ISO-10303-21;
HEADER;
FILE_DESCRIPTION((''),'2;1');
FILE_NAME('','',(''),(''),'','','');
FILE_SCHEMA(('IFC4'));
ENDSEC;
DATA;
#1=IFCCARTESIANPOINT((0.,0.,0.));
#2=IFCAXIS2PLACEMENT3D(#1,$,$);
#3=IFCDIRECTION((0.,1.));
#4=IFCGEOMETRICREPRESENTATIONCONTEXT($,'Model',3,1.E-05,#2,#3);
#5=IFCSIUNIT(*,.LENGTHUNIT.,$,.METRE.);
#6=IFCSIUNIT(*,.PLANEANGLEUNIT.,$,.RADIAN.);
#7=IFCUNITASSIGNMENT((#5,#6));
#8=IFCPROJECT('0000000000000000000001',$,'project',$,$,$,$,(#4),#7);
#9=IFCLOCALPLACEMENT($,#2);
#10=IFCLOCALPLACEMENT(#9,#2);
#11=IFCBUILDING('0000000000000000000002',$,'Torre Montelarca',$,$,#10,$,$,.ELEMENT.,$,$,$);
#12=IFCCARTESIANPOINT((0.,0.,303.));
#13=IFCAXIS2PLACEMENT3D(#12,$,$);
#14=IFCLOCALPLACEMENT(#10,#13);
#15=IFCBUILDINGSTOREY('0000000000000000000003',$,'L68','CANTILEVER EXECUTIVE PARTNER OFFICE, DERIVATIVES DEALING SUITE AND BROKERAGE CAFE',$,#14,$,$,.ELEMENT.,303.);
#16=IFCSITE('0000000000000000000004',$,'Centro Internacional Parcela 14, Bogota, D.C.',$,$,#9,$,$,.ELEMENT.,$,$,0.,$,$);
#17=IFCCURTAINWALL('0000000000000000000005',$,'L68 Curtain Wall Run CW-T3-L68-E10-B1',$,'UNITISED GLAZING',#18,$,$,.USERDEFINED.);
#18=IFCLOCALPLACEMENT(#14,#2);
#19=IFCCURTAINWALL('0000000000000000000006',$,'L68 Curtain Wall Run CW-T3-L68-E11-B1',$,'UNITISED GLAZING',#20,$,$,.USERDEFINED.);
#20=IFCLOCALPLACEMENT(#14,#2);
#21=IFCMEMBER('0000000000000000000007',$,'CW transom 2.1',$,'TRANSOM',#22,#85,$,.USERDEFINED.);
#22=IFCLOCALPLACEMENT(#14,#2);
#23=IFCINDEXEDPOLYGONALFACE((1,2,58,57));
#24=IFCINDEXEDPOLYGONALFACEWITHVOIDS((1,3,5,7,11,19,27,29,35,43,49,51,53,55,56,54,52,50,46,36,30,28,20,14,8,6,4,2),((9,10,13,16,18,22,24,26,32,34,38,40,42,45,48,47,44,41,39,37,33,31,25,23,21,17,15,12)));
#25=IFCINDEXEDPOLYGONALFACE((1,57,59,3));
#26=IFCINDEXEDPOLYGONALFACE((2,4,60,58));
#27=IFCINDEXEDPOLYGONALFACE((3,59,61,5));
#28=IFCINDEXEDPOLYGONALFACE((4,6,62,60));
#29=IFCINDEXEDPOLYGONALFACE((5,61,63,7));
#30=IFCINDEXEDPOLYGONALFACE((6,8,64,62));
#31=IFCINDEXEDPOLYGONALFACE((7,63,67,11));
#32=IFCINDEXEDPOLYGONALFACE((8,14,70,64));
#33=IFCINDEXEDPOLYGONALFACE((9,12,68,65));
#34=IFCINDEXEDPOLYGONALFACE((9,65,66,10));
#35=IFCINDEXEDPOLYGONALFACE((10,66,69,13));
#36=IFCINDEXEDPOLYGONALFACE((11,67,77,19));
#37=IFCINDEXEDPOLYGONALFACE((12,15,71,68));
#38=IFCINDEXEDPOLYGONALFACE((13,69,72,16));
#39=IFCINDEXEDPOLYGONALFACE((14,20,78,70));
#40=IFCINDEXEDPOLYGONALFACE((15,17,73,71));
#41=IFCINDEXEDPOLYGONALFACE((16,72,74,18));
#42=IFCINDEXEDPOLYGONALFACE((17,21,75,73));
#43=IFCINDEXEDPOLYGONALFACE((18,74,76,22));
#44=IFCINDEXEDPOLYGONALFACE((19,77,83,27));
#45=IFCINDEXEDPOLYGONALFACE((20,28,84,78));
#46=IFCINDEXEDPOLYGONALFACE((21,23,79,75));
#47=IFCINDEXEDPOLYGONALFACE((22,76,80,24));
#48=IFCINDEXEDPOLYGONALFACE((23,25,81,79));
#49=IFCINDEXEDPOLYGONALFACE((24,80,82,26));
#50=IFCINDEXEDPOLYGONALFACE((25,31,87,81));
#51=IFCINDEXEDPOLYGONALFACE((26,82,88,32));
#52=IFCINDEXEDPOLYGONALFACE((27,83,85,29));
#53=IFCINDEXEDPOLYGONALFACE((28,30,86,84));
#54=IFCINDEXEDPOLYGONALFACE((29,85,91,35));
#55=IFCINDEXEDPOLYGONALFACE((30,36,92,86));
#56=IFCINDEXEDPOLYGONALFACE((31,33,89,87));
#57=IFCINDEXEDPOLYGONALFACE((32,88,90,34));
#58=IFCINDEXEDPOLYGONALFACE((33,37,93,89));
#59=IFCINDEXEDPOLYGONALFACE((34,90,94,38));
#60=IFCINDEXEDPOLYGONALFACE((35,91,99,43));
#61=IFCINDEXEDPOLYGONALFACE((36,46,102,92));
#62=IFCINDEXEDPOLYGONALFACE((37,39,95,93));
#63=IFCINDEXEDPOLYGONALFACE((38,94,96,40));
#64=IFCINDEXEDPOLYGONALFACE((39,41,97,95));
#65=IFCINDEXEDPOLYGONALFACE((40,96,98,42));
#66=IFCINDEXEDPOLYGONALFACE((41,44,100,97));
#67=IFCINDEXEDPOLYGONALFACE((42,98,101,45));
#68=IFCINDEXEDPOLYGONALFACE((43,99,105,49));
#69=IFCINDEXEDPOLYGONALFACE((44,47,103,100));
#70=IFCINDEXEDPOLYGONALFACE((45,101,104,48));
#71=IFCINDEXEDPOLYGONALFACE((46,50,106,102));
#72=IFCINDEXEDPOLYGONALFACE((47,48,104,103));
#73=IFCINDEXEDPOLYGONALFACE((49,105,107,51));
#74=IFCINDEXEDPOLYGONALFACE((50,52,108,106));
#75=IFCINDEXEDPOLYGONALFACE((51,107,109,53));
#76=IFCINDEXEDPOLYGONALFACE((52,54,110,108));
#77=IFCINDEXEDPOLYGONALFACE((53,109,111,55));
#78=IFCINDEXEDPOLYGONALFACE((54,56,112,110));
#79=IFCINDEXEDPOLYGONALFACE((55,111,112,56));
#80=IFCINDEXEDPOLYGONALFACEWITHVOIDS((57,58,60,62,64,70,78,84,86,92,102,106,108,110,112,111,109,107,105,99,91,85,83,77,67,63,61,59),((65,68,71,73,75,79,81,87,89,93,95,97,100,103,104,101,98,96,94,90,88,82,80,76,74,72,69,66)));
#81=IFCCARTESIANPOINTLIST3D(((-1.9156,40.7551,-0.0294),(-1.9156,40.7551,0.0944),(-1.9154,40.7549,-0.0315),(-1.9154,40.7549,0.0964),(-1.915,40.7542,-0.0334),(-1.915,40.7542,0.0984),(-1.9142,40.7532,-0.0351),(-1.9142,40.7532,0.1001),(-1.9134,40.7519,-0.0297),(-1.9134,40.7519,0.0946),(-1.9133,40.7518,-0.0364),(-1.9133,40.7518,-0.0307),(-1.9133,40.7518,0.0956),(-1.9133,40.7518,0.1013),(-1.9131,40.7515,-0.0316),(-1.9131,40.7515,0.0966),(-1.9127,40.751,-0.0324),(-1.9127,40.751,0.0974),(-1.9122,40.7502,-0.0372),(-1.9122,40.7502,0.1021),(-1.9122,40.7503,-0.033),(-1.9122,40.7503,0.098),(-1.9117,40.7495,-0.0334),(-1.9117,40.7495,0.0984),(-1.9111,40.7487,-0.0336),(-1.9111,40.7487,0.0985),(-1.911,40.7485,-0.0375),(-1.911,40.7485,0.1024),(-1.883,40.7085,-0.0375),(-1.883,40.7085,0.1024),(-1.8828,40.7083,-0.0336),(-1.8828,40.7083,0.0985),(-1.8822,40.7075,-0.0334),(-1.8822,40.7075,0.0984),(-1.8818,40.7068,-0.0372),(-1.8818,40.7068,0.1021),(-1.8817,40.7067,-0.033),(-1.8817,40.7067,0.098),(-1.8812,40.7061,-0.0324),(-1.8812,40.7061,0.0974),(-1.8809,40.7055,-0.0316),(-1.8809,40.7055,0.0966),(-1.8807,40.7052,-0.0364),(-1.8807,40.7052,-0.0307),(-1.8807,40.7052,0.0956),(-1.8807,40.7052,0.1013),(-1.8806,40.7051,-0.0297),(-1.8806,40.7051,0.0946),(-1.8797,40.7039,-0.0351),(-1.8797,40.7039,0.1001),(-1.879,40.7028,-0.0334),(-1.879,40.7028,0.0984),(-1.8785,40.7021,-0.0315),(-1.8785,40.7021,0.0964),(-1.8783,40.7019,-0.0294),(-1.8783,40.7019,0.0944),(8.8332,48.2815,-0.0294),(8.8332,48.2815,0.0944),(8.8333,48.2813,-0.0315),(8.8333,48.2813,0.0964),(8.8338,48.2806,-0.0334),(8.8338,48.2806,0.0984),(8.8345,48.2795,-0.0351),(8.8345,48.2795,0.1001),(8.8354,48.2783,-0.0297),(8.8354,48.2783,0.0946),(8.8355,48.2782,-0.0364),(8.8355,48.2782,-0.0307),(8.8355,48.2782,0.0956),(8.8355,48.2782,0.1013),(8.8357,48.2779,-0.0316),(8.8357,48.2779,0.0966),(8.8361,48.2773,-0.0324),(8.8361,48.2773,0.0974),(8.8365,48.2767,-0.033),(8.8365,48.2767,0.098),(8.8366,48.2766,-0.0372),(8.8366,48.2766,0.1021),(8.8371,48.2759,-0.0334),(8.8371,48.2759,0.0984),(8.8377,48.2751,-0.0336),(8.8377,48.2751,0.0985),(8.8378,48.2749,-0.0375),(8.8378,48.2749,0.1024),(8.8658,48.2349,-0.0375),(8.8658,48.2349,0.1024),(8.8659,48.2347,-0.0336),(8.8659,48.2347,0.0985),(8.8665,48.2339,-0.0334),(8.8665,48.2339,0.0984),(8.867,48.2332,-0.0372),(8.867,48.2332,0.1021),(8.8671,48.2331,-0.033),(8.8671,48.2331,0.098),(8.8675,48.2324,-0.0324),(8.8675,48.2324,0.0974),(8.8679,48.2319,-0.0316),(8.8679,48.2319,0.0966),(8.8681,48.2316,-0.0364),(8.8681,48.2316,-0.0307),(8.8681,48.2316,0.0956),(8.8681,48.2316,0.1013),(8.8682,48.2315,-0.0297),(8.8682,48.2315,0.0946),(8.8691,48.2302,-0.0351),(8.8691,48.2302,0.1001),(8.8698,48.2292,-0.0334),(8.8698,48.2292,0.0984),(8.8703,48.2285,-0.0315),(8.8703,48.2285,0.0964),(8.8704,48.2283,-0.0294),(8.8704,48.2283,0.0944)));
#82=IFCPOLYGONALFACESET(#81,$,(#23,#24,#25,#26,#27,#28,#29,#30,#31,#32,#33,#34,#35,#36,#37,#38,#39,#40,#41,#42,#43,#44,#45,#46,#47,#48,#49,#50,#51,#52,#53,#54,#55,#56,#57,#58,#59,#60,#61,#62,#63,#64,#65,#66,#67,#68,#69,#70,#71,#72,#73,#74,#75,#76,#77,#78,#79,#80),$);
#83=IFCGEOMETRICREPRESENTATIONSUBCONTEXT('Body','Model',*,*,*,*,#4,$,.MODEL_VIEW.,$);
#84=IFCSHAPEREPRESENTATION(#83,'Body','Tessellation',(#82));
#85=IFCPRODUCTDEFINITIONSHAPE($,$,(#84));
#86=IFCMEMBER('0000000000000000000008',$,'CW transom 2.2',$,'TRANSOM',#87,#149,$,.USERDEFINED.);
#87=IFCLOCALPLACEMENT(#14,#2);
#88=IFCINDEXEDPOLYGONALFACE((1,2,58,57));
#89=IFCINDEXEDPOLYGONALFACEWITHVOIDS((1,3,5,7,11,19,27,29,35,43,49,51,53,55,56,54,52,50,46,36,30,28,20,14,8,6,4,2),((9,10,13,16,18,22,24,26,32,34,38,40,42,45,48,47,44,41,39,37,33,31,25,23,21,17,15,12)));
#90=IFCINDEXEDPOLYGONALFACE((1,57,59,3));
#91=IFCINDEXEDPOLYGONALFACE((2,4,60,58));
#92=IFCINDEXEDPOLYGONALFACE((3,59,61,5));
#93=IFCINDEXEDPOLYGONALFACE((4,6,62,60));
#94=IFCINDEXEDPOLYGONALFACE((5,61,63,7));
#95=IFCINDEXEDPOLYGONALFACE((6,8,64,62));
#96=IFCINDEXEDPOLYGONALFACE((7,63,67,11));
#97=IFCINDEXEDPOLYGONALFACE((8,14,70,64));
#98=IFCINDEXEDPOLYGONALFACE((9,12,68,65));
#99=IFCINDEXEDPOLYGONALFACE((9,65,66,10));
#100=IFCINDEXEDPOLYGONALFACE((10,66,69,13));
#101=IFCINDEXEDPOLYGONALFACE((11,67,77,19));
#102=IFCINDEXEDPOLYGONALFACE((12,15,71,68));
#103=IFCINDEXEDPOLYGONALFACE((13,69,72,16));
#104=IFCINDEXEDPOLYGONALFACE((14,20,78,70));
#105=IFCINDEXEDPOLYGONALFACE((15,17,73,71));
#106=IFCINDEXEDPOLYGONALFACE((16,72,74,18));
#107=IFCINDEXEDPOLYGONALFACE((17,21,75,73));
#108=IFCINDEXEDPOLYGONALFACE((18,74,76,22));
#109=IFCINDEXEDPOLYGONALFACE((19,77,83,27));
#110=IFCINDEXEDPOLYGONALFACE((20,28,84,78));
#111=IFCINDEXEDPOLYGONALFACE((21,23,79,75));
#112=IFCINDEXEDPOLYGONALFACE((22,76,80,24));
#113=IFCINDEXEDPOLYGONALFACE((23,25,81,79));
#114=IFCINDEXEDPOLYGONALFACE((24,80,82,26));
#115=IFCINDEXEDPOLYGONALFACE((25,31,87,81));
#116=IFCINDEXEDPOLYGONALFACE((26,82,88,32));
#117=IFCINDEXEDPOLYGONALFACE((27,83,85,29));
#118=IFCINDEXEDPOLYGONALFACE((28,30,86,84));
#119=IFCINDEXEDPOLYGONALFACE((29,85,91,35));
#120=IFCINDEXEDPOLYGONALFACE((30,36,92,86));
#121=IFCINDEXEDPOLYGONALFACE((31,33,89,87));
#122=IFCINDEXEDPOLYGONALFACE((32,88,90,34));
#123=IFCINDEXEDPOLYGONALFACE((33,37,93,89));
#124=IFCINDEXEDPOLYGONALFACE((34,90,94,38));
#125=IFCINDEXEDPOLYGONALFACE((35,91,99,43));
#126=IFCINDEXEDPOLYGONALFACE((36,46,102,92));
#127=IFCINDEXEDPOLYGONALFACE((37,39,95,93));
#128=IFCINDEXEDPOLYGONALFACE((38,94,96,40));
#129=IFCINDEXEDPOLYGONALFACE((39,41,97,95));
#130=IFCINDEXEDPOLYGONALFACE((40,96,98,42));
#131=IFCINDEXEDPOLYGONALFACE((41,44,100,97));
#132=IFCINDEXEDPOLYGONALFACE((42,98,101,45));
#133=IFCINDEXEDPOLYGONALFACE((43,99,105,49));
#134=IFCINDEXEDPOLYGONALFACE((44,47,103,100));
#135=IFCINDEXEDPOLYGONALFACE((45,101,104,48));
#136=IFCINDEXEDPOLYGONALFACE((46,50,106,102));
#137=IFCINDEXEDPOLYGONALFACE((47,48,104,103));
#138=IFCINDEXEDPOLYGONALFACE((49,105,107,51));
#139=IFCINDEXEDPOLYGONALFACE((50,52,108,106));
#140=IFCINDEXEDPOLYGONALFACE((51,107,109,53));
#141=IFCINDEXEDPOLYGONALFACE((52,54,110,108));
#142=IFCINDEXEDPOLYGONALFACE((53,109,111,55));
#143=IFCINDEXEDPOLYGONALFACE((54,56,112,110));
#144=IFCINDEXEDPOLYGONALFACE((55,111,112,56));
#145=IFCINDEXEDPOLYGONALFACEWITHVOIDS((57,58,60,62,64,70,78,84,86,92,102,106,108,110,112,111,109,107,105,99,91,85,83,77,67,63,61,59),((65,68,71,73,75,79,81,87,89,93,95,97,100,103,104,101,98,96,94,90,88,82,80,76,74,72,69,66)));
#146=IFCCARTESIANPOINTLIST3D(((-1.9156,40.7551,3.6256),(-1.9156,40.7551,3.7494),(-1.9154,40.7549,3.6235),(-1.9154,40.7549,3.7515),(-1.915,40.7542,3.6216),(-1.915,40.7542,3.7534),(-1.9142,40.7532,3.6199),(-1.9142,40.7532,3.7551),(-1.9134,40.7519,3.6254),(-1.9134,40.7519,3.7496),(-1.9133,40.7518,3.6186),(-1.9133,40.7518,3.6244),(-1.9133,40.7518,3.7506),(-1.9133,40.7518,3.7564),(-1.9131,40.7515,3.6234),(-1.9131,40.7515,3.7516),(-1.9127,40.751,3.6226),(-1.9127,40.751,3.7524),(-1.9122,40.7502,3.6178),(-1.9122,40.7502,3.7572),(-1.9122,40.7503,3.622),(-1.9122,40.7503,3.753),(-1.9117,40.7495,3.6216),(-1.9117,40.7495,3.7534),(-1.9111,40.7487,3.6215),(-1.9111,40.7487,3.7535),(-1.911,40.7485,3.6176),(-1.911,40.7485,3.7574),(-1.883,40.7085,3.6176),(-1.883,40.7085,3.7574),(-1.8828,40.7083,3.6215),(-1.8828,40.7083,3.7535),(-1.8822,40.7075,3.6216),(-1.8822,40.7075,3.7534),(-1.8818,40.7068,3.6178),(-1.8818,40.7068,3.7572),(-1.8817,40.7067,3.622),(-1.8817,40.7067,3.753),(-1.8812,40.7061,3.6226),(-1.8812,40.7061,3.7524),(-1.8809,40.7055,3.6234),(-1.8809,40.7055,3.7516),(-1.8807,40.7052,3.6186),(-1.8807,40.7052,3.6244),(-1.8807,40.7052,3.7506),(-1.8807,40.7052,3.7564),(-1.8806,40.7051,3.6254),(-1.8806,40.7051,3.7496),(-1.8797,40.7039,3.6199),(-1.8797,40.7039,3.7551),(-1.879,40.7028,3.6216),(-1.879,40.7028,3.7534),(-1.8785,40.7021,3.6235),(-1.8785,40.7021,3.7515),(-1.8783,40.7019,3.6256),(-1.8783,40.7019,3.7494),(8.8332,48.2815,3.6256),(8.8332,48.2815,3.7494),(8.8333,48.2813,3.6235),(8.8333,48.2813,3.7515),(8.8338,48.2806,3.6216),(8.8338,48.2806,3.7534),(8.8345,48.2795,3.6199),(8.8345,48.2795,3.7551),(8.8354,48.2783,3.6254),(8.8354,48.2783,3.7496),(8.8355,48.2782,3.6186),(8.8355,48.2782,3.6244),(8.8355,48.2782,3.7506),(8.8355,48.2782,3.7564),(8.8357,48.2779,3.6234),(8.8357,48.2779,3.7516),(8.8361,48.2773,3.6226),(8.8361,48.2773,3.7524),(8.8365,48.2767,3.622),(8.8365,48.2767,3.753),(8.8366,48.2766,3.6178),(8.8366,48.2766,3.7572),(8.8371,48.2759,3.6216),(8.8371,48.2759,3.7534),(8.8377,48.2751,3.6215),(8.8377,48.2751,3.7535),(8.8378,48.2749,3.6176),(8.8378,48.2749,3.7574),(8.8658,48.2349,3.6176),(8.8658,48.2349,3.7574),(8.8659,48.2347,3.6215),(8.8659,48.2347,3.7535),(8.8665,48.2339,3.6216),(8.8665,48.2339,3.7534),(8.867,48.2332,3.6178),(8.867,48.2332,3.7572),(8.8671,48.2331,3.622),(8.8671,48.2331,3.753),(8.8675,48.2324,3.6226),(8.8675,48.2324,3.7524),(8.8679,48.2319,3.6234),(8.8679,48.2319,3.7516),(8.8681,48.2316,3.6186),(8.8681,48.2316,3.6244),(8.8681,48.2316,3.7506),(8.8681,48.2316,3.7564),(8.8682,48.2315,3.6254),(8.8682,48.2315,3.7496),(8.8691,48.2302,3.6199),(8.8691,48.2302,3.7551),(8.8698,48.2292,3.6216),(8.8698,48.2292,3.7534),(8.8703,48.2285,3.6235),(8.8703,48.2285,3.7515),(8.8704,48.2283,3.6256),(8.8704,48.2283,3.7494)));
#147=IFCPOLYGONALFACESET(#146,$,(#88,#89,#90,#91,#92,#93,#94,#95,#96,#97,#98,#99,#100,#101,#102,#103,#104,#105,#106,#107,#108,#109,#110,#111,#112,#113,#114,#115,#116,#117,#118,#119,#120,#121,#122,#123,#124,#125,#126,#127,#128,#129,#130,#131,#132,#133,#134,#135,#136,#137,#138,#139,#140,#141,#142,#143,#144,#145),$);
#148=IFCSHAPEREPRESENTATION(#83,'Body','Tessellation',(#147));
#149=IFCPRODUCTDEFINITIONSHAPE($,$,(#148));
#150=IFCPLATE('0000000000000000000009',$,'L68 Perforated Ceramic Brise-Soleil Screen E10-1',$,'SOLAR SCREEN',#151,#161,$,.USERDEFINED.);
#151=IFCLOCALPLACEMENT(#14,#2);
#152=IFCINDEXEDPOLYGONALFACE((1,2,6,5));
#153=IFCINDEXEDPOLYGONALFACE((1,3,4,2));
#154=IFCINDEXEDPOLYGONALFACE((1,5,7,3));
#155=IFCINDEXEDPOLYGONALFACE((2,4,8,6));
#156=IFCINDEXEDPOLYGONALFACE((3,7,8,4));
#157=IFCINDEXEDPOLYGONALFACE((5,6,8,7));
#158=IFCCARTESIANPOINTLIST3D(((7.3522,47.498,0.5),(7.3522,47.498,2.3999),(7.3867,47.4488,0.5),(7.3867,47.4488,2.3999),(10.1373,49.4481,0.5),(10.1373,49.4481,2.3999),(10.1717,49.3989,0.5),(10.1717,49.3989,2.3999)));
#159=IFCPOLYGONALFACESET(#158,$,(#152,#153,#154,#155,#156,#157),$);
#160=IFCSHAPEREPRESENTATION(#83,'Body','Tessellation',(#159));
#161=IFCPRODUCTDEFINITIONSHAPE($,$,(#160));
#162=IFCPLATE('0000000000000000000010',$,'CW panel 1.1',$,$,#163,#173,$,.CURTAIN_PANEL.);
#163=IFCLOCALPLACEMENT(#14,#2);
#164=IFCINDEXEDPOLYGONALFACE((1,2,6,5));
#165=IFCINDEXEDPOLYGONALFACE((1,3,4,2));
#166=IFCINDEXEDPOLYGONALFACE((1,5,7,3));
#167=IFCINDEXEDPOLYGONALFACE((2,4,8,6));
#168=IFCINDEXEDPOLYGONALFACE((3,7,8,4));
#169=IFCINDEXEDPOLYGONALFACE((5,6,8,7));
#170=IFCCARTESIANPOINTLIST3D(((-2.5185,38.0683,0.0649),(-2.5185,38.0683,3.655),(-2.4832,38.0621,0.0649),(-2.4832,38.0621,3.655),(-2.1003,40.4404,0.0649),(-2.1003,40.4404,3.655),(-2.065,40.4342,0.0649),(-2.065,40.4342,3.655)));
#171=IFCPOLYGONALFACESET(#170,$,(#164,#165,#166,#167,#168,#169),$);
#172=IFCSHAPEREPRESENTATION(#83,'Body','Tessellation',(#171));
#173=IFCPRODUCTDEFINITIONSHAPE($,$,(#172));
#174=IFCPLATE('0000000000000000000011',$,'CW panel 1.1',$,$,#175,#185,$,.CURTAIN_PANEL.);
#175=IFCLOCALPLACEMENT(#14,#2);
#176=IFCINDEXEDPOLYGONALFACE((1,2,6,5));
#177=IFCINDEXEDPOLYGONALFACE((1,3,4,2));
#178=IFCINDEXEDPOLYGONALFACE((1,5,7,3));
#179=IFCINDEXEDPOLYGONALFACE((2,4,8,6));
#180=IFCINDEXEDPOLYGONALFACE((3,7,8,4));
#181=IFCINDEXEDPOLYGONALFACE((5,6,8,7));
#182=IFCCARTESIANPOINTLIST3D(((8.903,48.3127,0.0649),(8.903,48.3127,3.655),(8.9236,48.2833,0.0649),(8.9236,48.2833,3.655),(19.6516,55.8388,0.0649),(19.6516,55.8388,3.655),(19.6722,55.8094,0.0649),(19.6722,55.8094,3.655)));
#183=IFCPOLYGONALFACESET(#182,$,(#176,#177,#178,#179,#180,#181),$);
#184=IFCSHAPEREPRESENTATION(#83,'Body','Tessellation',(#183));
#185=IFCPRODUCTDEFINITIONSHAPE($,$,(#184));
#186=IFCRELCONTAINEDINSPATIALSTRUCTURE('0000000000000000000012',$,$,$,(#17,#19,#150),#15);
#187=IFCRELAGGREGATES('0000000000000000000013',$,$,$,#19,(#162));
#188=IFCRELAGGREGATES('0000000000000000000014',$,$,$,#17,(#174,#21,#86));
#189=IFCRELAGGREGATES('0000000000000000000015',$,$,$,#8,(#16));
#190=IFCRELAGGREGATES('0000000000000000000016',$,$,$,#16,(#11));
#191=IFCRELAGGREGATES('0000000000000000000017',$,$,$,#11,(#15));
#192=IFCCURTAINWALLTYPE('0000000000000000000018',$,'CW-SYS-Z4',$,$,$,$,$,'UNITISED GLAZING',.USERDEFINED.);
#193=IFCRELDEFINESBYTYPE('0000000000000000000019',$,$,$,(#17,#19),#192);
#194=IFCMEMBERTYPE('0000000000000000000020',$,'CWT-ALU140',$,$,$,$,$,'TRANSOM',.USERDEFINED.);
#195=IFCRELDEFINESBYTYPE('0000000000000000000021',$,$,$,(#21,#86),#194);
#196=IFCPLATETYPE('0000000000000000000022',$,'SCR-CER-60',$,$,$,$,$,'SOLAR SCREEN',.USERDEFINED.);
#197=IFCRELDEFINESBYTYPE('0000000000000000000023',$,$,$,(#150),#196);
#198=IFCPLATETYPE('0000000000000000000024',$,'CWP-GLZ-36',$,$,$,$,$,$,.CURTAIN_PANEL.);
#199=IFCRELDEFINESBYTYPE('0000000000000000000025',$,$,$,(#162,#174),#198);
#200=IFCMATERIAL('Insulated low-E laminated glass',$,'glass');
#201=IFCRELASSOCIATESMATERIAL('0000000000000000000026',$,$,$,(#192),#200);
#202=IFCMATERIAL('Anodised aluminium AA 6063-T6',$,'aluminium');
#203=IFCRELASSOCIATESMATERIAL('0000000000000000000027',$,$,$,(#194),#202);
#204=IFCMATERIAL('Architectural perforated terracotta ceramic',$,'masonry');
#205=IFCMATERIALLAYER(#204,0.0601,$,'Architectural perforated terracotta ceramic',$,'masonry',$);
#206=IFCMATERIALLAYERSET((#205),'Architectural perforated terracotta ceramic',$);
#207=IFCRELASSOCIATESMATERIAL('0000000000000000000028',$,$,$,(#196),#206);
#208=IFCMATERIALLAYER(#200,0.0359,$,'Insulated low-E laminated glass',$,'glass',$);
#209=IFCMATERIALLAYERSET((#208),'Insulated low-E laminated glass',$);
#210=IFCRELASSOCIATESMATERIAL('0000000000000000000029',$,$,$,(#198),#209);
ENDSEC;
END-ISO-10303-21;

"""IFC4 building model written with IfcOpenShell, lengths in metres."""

from ifc_helpers import new_model, si_unit, direction, frame, origin, origin_2d, place, context, subcontext, project, spatial, rectangle, hollow_rectangle, extrude, source, transform, mapped, material, layer, layer_set, material_profile, profile_set, type_object, element, aggregate, save


model = new_model("IFC4")

# Units and contexts
model_context = context("Model", 3, precision=1e-05, world=origin(), true_north=direction((0.0, 1.0)))
body_context = subcontext(model_context, "Body", "Model", "MODEL_VIEW")
ifc_project = project(units=[si_unit("LENGTHUNIT", "METRE"), si_unit("PLANEANGLEUNIT", "RADIAN")], contexts=[model_context])

# Site, building, storey
site_placement = place(None, origin())
site = spatial("IfcSite", under=ifc_project, at=site_placement, Name="Centro Internacional Parcela 14, Bogota, D.C.", CompositionType="ELEMENT", RefElevation=0.0)
building_placement = place(site_placement, origin())
building = spatial("IfcBuilding", under=site, at=building_placement, Name="Torre Montelarca", CompositionType="ELEMENT")
storey_placement = place(building_placement, frame((0.0, 0.0, 303.0)))
storey = spatial("IfcBuildingStorey", under=building, at=storey_placement, Name="L68", Description="CANTILEVER EXECUTIVE PARTNER OFFICE, DERIVATIVES DEALING SUITE AND BROKERAGE CAFE", CompositionType="ELEMENT", Elevation=303.0)

# Curtain walls
ifc_material_1 = material(Name="Insulated low-E laminated glass", Category="glass")
curtain_wall_type = type_object("IfcCurtainWallType", Name="CW-SYS-Z4", ElementType="UNITISED GLAZING", PredefinedType="USERDEFINED", material=ifc_material_1)
curtain_wall_1_placement = place(storey_placement, origin())
curtain_wall_1 = element("IfcCurtainWall", 1, at=curtain_wall_1_placement, inside=storey, type_object=curtain_wall_type, Name="L68 Curtain Wall Run CW-T3-L68-E10-B1", ObjectType="UNITISED GLAZING", PredefinedType="USERDEFINED")
ifc_material_2 = material(Name="Anodised aluminium AA 6063-T6", Category="aluminium")
curtain_wall_2_placement = place(storey_placement, origin())
curtain_wall_2 = element("IfcCurtainWall", 2, at=curtain_wall_2_placement, inside=storey, type_object=curtain_wall_type, Name="L68 Curtain Wall Run CW-T3-L68-E11-B1", ObjectType="UNITISED GLAZING", PredefinedType="USERDEFINED")
ifc_material_profile_1 = material_profile(ifc_material_2, hollow_rectangle(XDim=0.0649, YDim=0.1399, WallThickness=0.0039, InnerFilletRadius=0.0039, OuterFilletRadius=0.0081, at=origin_2d()), Name="ALU65X140X4", Category="aluminium")
ifc_profile_set_1 = profile_set([ifc_material_profile_1], Name="Anodised aluminium AA 6063-T6")
member_type_1 = type_object("IfcMemberType", Name="CWT-ALU140", ElementType="TRANSOM", PredefinedType="USERDEFINED", material=ifc_profile_set_1)

# Members
shared_shape_1 = source(origin(), body_context, "Body", "SweptSolid", [
    extrude(hollow_rectangle(XDim=0.0649, YDim=0.1399, WallThickness=0.0039, InnerFilletRadius=0.0039, OuterFilletRadius=0.0081, at=origin_2d()), origin(), (0.0, 0.0, 1.0), 13.1218),
])
member_1_placement = place(storey_placement, frame((8.8518, 48.2549, 0.0325), z_axis=(-0.819152, -0.573576, 0.0), x_axis=(0.573576, -0.819152, 0.0)))
member_1 = element("IfcMember", 3, at=member_1_placement, type_object=member_type_1, Name="CW transom 2.1", ObjectType="TRANSOM", PredefinedType="USERDEFINED", context=body_context, shape_type="MappedRepresentation", body=[
    mapped(shared_shape_1, transform((0.0, 0.0, 0.0), scale=1.0)),
])
member_2_placement = place(storey_placement, frame((8.8518, 48.2549, 3.6875), z_axis=(-0.819152, -0.573576, 0.0), x_axis=(0.573576, -0.819152, 0.0)))
member_2 = element("IfcMember", 4, at=member_2_placement, type_object=member_type_1, Name="CW transom 2.2", ObjectType="TRANSOM", PredefinedType="USERDEFINED", context=body_context, shape_type="MappedRepresentation", body=[
    mapped(shared_shape_1, transform((0.0, 0.0, 0.0), scale=1.0)),
])

# Plates
ifc_material_3 = material(Name="Architectural perforated terracotta ceramic", Category="masonry")
ifc_layer_1 = layer(ifc_material_3, 0.0601, Name="Architectural perforated terracotta ceramic", Category="masonry")
ifc_layer_set_1 = layer_set([ifc_layer_1], Name="Architectural perforated terracotta ceramic")
plate_type_1 = type_object("IfcPlateType", Name="SCR-CER-60", ElementType="SOLAR SCREEN", PredefinedType="USERDEFINED", material=ifc_layer_set_1)
shared_shape_2 = source(origin(), body_context, "Body", "SweptSolid", [
    extrude(rectangle(XDim=3.3999, YDim=0.0601, at=origin_2d()), origin(), (0.0, 0.0, 1.0), 1.8999),
])
plate_1_placement = place(storey_placement, frame((8.762, 48.4485, 0.5), z_axis=(0.0, 0.0, 1.0), x_axis=(-0.819151, -0.573578, 0.0)))
element("IfcPlate", 5, at=plate_1_placement, inside=storey, type_object=plate_type_1, Name="L68 Perforated Ceramic Brise-Soleil Screen E10-1", ObjectType="SOLAR SCREEN", PredefinedType="USERDEFINED", context=body_context, shape_type="MappedRepresentation", body=[
    mapped(shared_shape_2, transform((0.0, 0.0, 0.0), scale=1.0)),
])
ifc_layer_2 = layer(ifc_material_1, 0.0359, Name="Insulated low-E laminated glass", Category="glass")
ifc_layer_set_2 = layer_set([ifc_layer_2], Name="Insulated low-E laminated glass")
plate_type_2 = type_object("IfcPlateType", Name="CWP-GLZ-36", PredefinedType="CURTAIN_PANEL", material=ifc_layer_set_2)
shared_shape_3 = source(origin(), body_context, "Body", "SweptSolid", [
    extrude(rectangle(XDim=2.4087, YDim=0.0359, at=origin_2d()), origin(), (0.0, 0.0, 1.0), 3.5901),
])
plate_2_placement = place(storey_placement, frame((-2.2917, 39.2512, 0.0649), z_axis=(0.0, 0.0, 1.0), x_axis=(-0.173635, -0.98481, 0.0)))
plate_2 = element("IfcPlate", 6, at=plate_2_placement, type_object=plate_type_2, Name="CW panel 1.1", PredefinedType="CURTAIN_PANEL", context=body_context, shape_type="MappedRepresentation", body=[
    mapped(shared_shape_3, transform((0.0, 0.0, 0.0), scale=1.0)),
])
aggregate(curtain_wall_2, [plate_2])
shared_shape_4 = source(origin(), body_context, "Body", "SweptSolid", [
    extrude(rectangle(XDim=13.1216, YDim=0.0359, at=origin_2d()), origin(), (0.0, 0.0, 1.0), 3.5901),
])
plate_3_placement = place(storey_placement, frame((14.2876, 52.061, 0.0649), z_axis=(0.0, 0.0, 1.0), x_axis=(-0.819155, -0.573572, 0.0)))
plate_3 = element("IfcPlate", 7, at=plate_3_placement, type_object=plate_type_2, Name="CW panel 1.1", PredefinedType="CURTAIN_PANEL", context=body_context, shape_type="MappedRepresentation", body=[
    mapped(shared_shape_4, transform((0.0, 0.0, 0.0), scale=1.0)),
])
aggregate(curtain_wall_1, [plate_3, member_1, member_2])

save(model, "model.ifc")
